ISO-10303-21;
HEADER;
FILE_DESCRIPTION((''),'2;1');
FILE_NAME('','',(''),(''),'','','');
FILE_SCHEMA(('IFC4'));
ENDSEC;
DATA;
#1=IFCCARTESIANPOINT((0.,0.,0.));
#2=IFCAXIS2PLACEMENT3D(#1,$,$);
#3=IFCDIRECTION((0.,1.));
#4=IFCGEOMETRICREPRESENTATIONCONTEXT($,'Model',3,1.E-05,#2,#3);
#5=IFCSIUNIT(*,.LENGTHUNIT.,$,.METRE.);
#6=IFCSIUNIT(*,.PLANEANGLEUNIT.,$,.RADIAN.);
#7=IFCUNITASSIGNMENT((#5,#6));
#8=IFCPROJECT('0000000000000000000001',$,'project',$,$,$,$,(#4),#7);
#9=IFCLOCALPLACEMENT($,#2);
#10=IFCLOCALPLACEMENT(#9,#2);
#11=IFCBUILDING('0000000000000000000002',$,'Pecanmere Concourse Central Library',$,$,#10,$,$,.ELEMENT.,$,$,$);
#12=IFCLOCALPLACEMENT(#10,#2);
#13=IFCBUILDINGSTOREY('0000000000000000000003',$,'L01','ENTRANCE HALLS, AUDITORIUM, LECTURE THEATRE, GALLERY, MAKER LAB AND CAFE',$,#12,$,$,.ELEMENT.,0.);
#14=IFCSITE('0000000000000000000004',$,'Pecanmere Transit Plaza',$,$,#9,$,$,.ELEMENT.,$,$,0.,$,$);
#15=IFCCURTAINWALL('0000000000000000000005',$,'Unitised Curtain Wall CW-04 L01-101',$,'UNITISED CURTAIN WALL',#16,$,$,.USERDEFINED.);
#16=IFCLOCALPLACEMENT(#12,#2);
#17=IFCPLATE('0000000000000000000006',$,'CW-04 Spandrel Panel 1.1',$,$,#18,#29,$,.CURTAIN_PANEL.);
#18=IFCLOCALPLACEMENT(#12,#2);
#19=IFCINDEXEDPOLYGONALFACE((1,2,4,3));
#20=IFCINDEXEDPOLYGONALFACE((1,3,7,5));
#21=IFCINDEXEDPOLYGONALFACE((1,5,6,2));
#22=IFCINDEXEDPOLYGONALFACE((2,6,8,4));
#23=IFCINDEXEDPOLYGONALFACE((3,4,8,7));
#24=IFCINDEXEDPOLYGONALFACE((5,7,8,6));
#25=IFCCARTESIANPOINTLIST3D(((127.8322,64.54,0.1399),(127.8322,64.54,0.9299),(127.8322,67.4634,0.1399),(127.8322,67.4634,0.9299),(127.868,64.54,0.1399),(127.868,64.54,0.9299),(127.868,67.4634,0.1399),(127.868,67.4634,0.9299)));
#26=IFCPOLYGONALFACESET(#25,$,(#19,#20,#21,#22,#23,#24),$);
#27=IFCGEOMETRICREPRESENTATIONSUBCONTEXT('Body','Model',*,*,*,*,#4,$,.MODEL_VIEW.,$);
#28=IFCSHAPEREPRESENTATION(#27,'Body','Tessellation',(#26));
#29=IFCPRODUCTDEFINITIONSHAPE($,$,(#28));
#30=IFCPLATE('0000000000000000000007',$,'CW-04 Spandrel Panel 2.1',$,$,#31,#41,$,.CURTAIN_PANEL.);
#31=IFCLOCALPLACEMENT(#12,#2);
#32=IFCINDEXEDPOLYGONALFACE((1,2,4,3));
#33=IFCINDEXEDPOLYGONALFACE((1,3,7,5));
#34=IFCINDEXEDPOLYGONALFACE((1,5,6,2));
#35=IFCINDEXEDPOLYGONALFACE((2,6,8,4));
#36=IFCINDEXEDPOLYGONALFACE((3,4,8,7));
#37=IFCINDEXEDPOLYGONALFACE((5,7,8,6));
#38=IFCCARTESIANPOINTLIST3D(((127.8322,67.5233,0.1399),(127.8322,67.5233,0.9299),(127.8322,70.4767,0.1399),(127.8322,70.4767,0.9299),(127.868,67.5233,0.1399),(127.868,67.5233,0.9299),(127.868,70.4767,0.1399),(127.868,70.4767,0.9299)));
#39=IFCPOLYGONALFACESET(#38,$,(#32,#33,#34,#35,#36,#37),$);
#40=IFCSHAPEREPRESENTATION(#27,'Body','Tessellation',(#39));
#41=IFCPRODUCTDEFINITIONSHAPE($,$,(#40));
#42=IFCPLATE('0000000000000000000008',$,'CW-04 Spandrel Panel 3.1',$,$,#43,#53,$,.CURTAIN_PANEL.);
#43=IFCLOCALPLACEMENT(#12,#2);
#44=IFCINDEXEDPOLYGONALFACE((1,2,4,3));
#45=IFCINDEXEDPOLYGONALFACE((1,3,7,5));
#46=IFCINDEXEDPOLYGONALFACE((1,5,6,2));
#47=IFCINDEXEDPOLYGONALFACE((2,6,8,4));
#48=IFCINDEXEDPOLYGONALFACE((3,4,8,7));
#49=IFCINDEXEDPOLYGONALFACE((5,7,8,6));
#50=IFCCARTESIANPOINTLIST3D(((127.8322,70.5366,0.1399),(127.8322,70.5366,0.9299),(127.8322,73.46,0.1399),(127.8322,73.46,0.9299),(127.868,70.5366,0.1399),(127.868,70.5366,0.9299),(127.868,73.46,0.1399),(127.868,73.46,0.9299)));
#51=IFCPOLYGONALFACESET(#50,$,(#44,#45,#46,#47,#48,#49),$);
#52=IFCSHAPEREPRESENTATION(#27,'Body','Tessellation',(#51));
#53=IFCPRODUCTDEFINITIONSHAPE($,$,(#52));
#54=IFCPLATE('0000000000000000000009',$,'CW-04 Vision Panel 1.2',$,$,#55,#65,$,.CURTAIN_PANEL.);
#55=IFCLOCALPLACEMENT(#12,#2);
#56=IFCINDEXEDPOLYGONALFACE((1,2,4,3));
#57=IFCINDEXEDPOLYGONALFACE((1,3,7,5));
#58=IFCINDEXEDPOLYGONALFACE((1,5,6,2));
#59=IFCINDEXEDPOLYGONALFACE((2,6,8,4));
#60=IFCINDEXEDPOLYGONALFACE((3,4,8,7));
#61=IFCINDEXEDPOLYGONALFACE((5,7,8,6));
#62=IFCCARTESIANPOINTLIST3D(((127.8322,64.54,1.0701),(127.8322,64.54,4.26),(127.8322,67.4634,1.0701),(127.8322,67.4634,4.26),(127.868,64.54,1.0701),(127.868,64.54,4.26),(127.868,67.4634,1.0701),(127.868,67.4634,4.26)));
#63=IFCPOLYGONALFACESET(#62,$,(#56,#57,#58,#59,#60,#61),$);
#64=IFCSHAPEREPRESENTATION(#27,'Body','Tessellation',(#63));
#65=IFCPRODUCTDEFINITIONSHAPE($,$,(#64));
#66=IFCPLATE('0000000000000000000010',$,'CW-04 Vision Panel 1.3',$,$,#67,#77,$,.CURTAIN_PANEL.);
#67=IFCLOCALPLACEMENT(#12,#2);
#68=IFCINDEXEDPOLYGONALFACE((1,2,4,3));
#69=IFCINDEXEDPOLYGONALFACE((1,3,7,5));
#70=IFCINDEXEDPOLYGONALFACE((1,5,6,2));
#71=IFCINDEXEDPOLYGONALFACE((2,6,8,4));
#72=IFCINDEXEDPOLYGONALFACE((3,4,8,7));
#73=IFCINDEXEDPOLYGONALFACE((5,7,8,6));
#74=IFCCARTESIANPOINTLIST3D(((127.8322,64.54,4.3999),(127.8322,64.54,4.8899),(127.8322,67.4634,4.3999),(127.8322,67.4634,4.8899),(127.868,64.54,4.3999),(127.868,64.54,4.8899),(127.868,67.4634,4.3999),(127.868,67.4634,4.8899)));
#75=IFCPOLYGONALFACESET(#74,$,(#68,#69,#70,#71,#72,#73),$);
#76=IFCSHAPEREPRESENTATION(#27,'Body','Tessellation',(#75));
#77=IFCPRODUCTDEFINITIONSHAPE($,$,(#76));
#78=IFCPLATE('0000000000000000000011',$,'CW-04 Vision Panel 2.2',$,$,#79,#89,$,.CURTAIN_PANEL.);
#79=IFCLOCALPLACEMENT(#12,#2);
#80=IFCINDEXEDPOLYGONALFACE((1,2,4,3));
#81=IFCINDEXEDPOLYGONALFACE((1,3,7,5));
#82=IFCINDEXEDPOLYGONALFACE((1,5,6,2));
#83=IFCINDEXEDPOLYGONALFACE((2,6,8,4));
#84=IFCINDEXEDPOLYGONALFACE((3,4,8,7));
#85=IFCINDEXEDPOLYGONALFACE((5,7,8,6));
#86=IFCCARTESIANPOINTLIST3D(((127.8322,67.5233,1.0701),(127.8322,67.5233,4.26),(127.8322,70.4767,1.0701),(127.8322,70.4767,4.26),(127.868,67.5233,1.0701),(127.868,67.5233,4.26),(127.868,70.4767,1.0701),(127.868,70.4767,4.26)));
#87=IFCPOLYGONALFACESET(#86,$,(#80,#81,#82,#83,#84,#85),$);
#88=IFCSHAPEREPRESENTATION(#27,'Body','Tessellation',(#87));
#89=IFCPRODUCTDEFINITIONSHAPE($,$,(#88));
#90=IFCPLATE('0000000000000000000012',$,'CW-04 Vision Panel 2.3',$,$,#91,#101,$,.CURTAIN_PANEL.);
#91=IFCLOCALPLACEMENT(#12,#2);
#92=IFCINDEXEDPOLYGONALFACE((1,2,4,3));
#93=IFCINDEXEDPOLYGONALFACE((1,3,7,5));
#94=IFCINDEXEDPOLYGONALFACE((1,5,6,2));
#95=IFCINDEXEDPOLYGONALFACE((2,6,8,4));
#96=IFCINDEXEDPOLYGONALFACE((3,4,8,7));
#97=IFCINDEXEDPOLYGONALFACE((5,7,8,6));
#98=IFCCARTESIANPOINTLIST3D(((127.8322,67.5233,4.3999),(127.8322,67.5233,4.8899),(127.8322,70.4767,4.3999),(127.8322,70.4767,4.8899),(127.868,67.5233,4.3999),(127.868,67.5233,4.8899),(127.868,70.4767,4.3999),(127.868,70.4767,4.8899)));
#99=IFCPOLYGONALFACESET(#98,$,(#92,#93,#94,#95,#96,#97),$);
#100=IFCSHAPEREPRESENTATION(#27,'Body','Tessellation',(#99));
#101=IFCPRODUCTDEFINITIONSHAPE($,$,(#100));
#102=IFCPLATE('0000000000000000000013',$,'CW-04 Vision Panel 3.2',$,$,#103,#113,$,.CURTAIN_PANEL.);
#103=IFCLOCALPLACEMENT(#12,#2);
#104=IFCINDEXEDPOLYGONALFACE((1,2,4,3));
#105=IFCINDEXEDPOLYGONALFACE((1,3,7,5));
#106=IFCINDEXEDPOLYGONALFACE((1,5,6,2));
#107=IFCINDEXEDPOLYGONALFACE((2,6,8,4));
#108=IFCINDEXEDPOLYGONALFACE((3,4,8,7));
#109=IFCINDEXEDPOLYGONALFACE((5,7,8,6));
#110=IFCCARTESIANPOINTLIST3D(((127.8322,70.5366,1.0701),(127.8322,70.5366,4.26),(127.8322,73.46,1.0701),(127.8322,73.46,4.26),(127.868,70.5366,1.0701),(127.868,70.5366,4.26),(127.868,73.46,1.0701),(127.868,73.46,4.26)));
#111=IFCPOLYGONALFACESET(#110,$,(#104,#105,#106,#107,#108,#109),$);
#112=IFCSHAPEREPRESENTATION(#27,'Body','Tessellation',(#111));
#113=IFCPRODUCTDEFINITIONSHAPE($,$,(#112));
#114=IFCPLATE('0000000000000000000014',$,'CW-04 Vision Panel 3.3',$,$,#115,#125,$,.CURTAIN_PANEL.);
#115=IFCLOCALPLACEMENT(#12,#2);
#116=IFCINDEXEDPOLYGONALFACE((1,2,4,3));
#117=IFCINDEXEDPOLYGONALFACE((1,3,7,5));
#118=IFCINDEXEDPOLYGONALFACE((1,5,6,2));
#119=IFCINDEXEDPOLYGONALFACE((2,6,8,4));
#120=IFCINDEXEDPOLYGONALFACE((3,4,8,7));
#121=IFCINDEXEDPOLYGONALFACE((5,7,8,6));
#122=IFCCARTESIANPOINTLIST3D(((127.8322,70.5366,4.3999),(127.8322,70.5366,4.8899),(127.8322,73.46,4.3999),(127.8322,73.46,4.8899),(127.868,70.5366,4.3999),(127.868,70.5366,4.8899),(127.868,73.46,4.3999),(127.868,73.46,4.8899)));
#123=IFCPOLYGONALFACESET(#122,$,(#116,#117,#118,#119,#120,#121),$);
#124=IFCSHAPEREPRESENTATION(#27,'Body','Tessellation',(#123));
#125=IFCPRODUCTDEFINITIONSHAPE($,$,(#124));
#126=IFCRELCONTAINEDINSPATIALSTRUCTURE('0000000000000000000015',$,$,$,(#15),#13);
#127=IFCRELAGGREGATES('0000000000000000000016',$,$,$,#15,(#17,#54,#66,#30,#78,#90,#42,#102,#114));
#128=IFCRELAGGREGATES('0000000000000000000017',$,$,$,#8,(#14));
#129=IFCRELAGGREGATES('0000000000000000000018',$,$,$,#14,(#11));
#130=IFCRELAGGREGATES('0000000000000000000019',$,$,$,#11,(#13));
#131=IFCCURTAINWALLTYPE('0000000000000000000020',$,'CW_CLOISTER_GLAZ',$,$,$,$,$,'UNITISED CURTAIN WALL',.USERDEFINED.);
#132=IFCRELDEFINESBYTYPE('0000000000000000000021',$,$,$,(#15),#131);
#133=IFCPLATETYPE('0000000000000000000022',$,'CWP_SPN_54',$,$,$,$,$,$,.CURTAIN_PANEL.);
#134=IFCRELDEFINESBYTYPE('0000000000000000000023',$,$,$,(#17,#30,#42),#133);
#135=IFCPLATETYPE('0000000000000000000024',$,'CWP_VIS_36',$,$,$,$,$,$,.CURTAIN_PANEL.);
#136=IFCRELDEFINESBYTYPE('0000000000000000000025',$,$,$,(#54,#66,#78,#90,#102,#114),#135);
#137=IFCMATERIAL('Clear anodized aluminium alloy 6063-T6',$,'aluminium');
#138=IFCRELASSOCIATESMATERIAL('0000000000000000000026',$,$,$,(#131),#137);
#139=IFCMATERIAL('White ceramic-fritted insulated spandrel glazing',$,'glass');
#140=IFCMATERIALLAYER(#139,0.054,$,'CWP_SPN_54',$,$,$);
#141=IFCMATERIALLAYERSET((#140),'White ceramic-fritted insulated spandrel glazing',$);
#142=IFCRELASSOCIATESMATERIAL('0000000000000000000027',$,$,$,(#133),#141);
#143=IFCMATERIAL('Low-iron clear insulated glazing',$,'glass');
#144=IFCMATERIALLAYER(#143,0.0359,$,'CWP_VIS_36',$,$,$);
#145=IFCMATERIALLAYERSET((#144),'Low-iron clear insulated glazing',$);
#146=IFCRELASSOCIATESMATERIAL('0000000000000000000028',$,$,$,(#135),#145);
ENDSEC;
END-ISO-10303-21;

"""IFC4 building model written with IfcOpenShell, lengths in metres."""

from ifc_helpers import new_model, si_unit, direction, frame, origin, origin_2d, place, context, subcontext, project, spatial, rectangle, extrude, material, layer, layer_set, type_object, element, aggregate, save


model = new_model("IFC4")

# Units and contexts
model_context = context("Model", 3, precision=1e-05, world=origin(), true_north=direction((0.0, 1.0)))
body_context = subcontext(model_context, "Body", "Model", "MODEL_VIEW")
ifc_project = project(units=[si_unit("LENGTHUNIT", "METRE"), si_unit("PLANEANGLEUNIT", "RADIAN")], contexts=[model_context])

# Site, building, storey
site_placement = place(None, origin())
site = spatial("IfcSite", under=ifc_project, at=site_placement, Name="Pecanmere Transit Plaza", CompositionType="ELEMENT", RefElevation=0.0)
building_placement = place(site_placement, origin())
building = spatial("IfcBuilding", under=site, at=building_placement, Name="Pecanmere Concourse Central Library", CompositionType="ELEMENT")
storey_placement = place(building_placement, origin())
storey = spatial("IfcBuildingStorey", under=building, at=storey_placement, Name="L01", Description="ENTRANCE HALLS, AUDITORIUM, LECTURE THEATRE, GALLERY, MAKER LAB AND CAFE", CompositionType="ELEMENT", Elevation=0.0)

# Curtain wall, plates
ifc_material_1 = material(Name="Clear anodized aluminium alloy 6063-T6", Category="aluminium")
curtain_wall_type = type_object("IfcCurtainWallType", Name="CW_CLOISTER_GLAZ", ElementType="UNITISED CURTAIN WALL", PredefinedType="USERDEFINED", material=ifc_material_1)
curtain_wall_placement = place(storey_placement, origin())
curtain_wall = element("IfcCurtainWall", 1, at=curtain_wall_placement, inside=storey, type_object=curtain_wall_type, Name="Unitised Curtain Wall CW-04 L01-101", ObjectType="UNITISED CURTAIN WALL", PredefinedType="USERDEFINED")
ifc_material_2 = material(Name="White ceramic-fritted insulated spandrel glazing", Category="glass")
ifc_layer_1 = layer(ifc_material_2, 0.054, Name="CWP_SPN_54")
ifc_layer_set_1 = layer_set([ifc_layer_1], Name="White ceramic-fritted insulated spandrel glazing")
plate_type_1 = type_object("IfcPlateType", Name="CWP_SPN_54", PredefinedType="CURTAIN_PANEL", material=ifc_layer_set_1)
plate_1_placement = place(storey_placement, frame((127.8501, 66.0017, 0.1399), z_axis=(0.0, 0.0, 1.0), x_axis=(0.0, 1.0, 0.0)))
plate_1 = element("IfcPlate", 2, at=plate_1_placement, type_object=plate_type_1, Name="CW-04 Spandrel Panel 1.1", PredefinedType="CURTAIN_PANEL", context=body_context, shape_type="SweptSolid", body=[
    extrude(rectangle(XDim=2.9233, YDim=0.0359, at=origin_2d()), origin(), (0.0, 0.0, 1.0), 0.79),
])
plate_2_placement = place(storey_placement, frame((127.8501, 69.0, 0.1399), z_axis=(0.0, 0.0, 1.0), x_axis=(0.0, 1.0, 0.0)))
plate_2 = element("IfcPlate", 3, at=plate_2_placement, type_object=plate_type_1, Name="CW-04 Spandrel Panel 2.1", PredefinedType="CURTAIN_PANEL", context=body_context, shape_type="SweptSolid", body=[
    extrude(rectangle(XDim=2.9534, YDim=0.0359, at=origin_2d()), origin(), (0.0, 0.0, 1.0), 0.79),
])
plate_3_placement = place(storey_placement, frame((127.8501, 71.9983, 0.1399), z_axis=(0.0, 0.0, 1.0), x_axis=(0.0, 1.0, 0.0)))
plate_3 = element("IfcPlate", 4, at=plate_3_placement, type_object=plate_type_1, Name="CW-04 Spandrel Panel 3.1", PredefinedType="CURTAIN_PANEL", context=body_context, shape_type="SweptSolid", body=[
    extrude(rectangle(XDim=2.9233, YDim=0.0359, at=origin_2d()), origin(), (0.0, 0.0, 1.0), 0.79),
])
ifc_material_3 = material(Name="Low-iron clear insulated glazing", Category="glass")
ifc_layer_2 = layer(ifc_material_3, 0.0359, Name="CWP_VIS_36")
ifc_layer_set_2 = layer_set([ifc_layer_2], Name="Low-iron clear insulated glazing")
plate_type_2 = type_object("IfcPlateType", Name="CWP_VIS_36", PredefinedType="CURTAIN_PANEL", material=ifc_layer_set_2)
plate_4_placement = place(storey_placement, frame((127.8501, 66.0017, 1.0701), z_axis=(0.0, 0.0, 1.0), x_axis=(0.0, 1.0, 0.0)))
plate_4 = element("IfcPlate", 5, at=plate_4_placement, type_object=plate_type_2, Name="CW-04 Vision Panel 1.2", PredefinedType="CURTAIN_PANEL", context=body_context, shape_type="SweptSolid", body=[
    extrude(rectangle(XDim=2.9233, YDim=0.0359, at=origin_2d()), origin(), (0.0, 0.0, 1.0), 3.1899),
])
plate_5_placement = place(storey_placement, frame((127.8501, 66.0017, 4.3999), z_axis=(0.0, 0.0, 1.0), x_axis=(0.0, 1.0, 0.0)))
plate_5 = element("IfcPlate", 6, at=plate_5_placement, type_object=plate_type_2, Name="CW-04 Vision Panel 1.3", PredefinedType="CURTAIN_PANEL", context=body_context, shape_type="SweptSolid", body=[
    extrude(rectangle(XDim=2.9233, YDim=0.0359, at=origin_2d()), origin(), (0.0, 0.0, 1.0), 0.49),
])
plate_6_placement = place(storey_placement, frame((127.8501, 69.0, 1.0701), z_axis=(0.0, 0.0, 1.0), x_axis=(0.0, 1.0, 0.0)))
plate_6 = element("IfcPlate", 7, at=plate_6_placement, type_object=plate_type_2, Name="CW-04 Vision Panel 2.2", PredefinedType="CURTAIN_PANEL", context=body_context, shape_type="SweptSolid", body=[
    extrude(rectangle(XDim=2.9534, YDim=0.0359, at=origin_2d()), origin(), (0.0, 0.0, 1.0), 3.1899),
])
plate_7_placement = place(storey_placement, frame((127.8501, 69.0, 4.3999), z_axis=(0.0, 0.0, 1.0), x_axis=(0.0, 1.0, 0.0)))
plate_7 = element("IfcPlate", 8, at=plate_7_placement, type_object=plate_type_2, Name="CW-04 Vision Panel 2.3", PredefinedType="CURTAIN_PANEL", context=body_context, shape_type="SweptSolid", body=[
    extrude(rectangle(XDim=2.9534, YDim=0.0359, at=origin_2d()), origin(), (0.0, 0.0, 1.0), 0.49),
])
plate_8_placement = place(storey_placement, frame((127.8501, 71.9983, 1.0701), z_axis=(0.0, 0.0, 1.0), x_axis=(0.0, 1.0, 0.0)))
plate_8 = element("IfcPlate", 9, at=plate_8_placement, type_object=plate_type_2, Name="CW-04 Vision Panel 3.2", PredefinedType="CURTAIN_PANEL", context=body_context, shape_type="SweptSolid", body=[
    extrude(rectangle(XDim=2.9233, YDim=0.0359, at=origin_2d()), origin(), (0.0, 0.0, 1.0), 3.1899),
])
plate_9_placement = place(storey_placement, frame((127.8501, 71.9983, 4.3999), z_axis=(0.0, 0.0, 1.0), x_axis=(0.0, 1.0, 0.0)))
plate_9 = element("IfcPlate", 10, at=plate_9_placement, type_object=plate_type_2, Name="CW-04 Vision Panel 3.3", PredefinedType="CURTAIN_PANEL", context=body_context, shape_type="SweptSolid", body=[
    extrude(rectangle(XDim=2.9233, YDim=0.0359, at=origin_2d()), origin(), (0.0, 0.0, 1.0), 0.49),
])
aggregate(curtain_wall, [plate_1, plate_4, plate_5, plate_2, plate_6, plate_7, plate_3, plate_8, plate_9])

save(model, "model.ifc")
